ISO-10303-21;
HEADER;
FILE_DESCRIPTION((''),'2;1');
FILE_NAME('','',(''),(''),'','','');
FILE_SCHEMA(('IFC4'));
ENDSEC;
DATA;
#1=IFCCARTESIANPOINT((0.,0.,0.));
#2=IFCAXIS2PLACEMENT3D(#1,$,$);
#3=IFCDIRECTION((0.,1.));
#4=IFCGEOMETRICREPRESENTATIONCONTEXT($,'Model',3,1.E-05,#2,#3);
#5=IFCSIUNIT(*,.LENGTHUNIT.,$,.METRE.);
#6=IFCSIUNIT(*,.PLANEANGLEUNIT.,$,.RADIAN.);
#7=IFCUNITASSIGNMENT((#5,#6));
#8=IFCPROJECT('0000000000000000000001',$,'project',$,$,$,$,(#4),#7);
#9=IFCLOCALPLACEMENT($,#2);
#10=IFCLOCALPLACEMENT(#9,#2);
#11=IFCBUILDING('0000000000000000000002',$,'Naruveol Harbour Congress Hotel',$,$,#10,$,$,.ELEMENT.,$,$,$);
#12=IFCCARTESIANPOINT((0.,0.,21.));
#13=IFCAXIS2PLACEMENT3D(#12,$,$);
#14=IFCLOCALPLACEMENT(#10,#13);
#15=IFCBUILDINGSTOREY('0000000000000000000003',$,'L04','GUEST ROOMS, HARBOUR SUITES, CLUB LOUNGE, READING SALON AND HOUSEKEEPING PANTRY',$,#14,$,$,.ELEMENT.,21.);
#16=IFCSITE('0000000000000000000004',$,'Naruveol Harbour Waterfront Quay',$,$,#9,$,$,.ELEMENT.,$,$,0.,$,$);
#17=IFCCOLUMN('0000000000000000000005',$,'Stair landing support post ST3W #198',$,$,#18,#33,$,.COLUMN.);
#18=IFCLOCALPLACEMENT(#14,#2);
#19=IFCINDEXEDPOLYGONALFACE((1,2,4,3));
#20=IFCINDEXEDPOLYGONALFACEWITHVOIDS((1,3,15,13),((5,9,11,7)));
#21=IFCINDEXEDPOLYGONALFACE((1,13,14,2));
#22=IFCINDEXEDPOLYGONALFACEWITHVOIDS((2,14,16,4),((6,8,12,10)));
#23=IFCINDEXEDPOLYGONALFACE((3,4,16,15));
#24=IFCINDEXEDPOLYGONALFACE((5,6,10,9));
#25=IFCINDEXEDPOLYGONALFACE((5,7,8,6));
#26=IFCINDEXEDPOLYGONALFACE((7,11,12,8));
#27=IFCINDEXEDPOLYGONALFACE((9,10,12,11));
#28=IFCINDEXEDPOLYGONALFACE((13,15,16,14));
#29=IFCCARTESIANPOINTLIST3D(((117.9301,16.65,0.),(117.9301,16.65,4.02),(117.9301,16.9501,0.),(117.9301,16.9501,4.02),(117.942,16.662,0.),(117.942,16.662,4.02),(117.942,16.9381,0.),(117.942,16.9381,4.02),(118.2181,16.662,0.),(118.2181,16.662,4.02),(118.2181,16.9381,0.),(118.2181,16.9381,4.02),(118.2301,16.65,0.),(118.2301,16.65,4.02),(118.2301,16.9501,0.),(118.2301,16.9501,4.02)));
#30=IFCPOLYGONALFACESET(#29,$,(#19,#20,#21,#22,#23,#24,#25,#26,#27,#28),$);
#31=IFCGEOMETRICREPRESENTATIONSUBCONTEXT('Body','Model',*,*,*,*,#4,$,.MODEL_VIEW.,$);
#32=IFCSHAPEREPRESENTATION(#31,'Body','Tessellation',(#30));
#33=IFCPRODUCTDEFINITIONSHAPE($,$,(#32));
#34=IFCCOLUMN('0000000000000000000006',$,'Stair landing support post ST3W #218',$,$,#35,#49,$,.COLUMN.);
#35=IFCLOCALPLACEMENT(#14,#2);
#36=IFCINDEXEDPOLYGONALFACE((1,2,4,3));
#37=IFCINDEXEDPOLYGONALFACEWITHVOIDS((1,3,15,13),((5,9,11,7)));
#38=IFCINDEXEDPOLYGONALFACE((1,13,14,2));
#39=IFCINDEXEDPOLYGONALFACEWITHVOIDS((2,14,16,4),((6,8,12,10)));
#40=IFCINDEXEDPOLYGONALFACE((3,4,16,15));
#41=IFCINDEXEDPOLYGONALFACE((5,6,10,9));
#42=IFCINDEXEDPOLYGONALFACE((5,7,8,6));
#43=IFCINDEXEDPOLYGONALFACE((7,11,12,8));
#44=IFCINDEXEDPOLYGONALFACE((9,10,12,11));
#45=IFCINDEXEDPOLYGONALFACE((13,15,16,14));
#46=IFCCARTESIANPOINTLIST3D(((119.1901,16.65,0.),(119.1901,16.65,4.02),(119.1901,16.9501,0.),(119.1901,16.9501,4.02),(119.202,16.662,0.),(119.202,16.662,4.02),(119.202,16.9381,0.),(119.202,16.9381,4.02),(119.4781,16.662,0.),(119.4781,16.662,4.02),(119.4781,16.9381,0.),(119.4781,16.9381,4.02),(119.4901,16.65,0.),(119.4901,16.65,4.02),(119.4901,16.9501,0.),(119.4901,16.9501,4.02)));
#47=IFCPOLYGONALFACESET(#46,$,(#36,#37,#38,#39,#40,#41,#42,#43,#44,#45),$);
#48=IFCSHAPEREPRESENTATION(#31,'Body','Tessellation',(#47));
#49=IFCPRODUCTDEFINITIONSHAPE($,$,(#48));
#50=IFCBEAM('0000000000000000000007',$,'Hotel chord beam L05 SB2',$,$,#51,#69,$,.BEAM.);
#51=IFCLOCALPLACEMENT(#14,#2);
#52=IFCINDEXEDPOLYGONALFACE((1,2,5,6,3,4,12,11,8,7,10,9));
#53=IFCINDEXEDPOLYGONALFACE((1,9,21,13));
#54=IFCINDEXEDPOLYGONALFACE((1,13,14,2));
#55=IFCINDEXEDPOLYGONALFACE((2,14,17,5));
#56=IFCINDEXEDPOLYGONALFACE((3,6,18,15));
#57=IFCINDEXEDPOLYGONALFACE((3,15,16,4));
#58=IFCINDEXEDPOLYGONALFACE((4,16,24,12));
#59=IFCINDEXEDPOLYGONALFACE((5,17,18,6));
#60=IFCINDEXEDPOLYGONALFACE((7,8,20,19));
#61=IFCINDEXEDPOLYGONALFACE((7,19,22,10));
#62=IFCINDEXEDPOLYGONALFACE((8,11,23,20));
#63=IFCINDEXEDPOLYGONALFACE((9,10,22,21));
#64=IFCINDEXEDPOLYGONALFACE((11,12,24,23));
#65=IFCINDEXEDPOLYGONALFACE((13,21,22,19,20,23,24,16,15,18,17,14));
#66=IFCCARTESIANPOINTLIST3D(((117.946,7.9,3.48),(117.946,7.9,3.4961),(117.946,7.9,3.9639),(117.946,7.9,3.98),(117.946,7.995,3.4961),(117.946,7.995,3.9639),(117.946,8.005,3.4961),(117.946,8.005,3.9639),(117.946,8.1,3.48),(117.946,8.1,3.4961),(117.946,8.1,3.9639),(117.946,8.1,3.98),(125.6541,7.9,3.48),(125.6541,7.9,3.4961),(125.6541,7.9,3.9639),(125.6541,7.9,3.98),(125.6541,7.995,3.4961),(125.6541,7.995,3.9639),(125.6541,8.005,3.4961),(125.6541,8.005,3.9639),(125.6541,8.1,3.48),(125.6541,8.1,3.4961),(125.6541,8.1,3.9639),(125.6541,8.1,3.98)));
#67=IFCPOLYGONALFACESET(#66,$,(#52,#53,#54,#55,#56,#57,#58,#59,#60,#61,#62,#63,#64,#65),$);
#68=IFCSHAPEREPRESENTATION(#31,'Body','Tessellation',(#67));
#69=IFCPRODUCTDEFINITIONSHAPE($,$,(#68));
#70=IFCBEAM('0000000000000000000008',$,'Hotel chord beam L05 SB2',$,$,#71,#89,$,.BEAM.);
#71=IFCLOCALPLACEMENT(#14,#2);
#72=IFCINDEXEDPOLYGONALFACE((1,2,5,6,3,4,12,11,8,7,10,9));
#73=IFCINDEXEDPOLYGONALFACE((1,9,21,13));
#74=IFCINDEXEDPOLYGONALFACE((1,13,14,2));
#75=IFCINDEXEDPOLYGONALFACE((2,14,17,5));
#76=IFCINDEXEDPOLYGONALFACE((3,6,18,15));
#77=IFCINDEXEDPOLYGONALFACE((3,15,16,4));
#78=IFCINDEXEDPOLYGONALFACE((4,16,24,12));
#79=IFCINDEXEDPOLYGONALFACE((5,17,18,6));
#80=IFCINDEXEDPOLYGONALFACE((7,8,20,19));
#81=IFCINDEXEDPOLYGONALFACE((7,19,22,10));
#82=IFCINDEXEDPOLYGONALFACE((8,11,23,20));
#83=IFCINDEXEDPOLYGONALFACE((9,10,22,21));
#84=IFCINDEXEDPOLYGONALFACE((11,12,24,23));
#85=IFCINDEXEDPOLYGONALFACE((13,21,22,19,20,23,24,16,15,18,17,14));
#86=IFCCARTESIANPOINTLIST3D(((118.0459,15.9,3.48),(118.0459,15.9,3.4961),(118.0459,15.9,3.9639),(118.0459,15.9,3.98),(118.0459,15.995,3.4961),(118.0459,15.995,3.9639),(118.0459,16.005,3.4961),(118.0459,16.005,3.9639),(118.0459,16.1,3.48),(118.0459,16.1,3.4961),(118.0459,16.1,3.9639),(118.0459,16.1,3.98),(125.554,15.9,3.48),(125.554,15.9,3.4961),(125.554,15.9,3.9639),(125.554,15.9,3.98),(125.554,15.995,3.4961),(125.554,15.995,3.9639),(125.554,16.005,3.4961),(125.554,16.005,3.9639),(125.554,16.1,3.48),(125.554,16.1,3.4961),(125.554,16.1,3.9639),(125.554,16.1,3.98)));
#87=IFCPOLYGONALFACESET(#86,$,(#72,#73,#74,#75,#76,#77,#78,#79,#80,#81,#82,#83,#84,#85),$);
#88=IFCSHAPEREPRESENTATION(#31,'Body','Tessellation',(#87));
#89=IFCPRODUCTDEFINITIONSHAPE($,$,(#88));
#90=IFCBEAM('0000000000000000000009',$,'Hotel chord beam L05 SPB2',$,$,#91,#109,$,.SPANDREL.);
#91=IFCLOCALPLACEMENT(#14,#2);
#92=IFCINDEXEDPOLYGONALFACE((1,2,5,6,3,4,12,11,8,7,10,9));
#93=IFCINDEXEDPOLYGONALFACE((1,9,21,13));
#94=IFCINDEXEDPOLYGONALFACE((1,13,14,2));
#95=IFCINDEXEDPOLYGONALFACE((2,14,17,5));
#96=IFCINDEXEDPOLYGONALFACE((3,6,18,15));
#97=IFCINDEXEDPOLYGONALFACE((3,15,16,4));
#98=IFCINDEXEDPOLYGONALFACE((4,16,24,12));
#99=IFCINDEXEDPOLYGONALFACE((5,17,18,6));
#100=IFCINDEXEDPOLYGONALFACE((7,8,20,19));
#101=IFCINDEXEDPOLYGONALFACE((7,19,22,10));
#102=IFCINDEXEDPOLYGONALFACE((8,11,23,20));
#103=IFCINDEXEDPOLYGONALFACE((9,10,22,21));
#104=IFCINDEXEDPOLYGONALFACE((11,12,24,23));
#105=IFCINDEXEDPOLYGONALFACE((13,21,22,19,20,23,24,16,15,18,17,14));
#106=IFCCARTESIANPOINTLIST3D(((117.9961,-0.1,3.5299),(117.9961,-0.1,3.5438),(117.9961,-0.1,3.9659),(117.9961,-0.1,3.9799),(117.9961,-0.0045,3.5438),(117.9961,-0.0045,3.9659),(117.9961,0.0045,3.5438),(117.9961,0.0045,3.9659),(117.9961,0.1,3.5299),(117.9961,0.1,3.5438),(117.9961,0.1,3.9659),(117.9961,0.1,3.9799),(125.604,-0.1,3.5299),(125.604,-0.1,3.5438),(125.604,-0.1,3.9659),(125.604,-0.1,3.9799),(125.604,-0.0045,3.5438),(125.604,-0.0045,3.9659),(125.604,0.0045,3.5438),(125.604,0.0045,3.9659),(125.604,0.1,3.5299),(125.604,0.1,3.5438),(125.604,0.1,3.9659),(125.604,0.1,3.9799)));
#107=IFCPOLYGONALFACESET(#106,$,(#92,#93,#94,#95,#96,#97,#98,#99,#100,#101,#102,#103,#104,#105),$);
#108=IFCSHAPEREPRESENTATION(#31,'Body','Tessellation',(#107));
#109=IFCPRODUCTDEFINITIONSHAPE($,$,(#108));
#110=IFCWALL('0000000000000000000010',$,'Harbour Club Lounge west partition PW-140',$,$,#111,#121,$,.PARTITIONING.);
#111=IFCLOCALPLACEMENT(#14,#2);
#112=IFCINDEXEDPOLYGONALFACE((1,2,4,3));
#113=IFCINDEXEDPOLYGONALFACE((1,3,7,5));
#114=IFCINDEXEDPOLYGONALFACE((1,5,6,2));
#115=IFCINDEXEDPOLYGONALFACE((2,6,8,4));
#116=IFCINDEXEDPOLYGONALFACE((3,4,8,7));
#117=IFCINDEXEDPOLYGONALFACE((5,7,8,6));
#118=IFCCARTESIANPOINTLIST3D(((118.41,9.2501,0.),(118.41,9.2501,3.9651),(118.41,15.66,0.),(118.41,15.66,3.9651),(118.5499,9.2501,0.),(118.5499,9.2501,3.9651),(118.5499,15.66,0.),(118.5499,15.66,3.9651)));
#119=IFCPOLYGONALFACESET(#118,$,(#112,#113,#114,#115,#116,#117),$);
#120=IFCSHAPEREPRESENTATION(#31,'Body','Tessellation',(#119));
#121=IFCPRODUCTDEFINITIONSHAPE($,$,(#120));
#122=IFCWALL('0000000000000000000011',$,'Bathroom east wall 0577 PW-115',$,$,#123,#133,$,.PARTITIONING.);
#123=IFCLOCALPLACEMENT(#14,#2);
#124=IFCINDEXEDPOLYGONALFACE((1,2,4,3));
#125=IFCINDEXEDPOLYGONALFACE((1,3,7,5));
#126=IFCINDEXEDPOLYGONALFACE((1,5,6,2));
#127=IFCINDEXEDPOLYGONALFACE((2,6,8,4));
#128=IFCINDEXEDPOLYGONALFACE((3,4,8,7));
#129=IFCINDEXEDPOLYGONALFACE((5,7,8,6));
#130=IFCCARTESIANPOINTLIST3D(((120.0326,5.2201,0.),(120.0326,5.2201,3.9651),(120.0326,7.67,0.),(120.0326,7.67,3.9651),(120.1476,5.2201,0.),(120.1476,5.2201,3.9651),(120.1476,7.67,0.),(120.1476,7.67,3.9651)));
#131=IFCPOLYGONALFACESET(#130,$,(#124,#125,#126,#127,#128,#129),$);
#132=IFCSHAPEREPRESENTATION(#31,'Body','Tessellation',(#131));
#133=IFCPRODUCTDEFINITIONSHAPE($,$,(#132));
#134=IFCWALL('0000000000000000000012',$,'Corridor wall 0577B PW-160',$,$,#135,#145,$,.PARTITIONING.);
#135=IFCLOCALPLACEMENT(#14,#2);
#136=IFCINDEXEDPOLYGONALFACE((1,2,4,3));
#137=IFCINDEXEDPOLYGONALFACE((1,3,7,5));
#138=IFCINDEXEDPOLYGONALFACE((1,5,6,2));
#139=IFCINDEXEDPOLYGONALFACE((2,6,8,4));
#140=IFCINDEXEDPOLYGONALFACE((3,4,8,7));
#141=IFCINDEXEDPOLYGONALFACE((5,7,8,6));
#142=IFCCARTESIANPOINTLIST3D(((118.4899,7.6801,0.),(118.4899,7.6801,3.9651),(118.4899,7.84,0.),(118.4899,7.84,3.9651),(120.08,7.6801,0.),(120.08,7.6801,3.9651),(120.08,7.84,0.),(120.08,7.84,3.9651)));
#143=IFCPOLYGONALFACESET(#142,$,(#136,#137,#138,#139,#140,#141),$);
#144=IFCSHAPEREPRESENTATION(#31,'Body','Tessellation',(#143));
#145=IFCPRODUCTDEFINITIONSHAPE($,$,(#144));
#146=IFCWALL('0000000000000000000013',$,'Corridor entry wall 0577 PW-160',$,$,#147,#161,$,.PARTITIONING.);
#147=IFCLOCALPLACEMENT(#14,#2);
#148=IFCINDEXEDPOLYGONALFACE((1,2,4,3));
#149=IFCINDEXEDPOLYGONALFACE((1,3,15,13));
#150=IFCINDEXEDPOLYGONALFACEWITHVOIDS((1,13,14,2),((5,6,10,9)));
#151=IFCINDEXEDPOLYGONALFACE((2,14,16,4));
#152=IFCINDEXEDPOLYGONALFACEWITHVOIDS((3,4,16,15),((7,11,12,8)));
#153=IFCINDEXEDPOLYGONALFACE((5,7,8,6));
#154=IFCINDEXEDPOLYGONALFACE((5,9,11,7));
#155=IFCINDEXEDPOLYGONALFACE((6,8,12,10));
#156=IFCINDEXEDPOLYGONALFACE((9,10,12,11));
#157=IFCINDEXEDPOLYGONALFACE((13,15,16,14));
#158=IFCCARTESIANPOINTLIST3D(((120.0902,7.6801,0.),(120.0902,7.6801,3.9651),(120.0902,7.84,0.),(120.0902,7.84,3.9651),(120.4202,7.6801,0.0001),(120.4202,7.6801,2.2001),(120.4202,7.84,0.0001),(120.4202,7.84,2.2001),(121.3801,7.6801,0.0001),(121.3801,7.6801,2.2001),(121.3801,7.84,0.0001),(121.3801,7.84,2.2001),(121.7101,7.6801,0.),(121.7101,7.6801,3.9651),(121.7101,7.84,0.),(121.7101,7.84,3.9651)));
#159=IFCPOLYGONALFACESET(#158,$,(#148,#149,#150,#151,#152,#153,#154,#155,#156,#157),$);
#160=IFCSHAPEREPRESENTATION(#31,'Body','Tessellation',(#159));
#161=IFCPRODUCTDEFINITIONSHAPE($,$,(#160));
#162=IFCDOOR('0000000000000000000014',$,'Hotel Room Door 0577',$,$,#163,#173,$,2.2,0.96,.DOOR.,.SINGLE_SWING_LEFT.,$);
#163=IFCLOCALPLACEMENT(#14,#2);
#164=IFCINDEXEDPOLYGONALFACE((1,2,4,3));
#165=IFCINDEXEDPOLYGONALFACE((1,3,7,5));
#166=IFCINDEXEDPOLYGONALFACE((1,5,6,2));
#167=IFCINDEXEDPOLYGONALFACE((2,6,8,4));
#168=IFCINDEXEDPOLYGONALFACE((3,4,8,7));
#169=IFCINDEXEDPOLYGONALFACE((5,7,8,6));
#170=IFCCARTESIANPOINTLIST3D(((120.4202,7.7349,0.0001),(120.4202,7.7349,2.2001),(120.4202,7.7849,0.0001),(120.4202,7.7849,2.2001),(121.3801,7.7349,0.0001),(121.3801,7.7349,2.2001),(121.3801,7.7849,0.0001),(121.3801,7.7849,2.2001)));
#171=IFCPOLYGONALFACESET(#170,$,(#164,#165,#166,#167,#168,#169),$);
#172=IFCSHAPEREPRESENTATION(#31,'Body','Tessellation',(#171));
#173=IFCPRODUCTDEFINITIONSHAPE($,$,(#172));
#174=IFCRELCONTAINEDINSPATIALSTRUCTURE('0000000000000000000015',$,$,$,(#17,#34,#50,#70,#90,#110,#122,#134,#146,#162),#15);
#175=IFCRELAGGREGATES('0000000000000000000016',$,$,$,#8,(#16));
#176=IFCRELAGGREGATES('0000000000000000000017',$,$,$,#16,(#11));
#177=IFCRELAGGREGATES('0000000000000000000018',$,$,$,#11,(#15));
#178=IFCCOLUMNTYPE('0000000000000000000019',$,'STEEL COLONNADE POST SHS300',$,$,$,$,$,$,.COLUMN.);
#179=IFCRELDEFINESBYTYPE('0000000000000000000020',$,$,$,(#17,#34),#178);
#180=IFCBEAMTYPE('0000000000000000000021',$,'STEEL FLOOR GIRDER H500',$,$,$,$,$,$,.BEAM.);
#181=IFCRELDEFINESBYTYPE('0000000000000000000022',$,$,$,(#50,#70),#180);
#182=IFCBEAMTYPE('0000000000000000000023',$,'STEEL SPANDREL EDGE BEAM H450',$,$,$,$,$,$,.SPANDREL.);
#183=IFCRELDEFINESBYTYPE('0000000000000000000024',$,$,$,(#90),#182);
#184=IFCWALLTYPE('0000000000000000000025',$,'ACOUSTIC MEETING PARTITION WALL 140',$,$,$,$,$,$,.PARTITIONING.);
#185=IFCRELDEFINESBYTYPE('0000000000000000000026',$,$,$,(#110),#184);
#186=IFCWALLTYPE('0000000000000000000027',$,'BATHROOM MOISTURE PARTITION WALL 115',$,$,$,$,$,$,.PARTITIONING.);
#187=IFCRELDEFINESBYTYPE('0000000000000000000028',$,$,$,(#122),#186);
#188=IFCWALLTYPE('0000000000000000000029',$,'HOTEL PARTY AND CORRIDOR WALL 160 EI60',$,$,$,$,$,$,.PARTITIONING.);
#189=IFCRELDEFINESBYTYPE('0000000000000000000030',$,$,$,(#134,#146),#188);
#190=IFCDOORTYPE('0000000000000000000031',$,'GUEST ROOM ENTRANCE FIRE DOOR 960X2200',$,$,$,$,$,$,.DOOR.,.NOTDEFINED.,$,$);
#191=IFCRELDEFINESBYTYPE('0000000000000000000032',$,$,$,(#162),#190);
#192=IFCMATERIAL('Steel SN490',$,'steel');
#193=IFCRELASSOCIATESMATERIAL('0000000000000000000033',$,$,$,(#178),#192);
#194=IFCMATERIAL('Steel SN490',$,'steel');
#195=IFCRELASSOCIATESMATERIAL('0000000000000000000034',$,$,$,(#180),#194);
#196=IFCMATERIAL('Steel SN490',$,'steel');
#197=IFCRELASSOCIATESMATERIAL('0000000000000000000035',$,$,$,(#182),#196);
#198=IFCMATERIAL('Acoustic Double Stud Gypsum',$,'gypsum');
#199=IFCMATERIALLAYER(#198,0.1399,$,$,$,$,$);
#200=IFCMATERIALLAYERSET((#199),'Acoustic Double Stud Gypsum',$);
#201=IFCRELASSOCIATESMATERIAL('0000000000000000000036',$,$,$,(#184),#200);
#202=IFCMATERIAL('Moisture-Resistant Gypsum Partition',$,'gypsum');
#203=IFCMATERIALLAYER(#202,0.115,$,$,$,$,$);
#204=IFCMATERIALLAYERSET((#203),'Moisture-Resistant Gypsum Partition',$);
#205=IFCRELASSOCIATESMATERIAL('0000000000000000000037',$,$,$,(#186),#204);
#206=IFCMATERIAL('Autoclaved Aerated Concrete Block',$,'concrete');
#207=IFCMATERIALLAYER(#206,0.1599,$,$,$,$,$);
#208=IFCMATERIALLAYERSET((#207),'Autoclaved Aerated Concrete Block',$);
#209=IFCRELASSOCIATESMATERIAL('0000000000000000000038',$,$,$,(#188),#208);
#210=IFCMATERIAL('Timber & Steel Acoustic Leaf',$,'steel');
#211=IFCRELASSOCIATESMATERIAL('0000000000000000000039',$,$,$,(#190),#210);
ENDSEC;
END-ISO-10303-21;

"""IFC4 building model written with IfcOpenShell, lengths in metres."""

from ifc_helpers import new_model, si_unit, direction, frame, frame_2d, origin, origin_2d, place, context, subcontext, project, spatial, rectangle, hollow_rectangle, i_section, extrude, material, layer, layer_set, material_profile, profile_set, type_object, element, fill, save


model = new_model("IFC4")

# Units and contexts
model_context = context("Model", 3, precision=1e-05, world=origin(), true_north=direction((0.0, 1.0)))
body_context = subcontext(model_context, "Body", "Model", "MODEL_VIEW")
ifc_project = project(units=[si_unit("LENGTHUNIT", "METRE"), si_unit("PLANEANGLEUNIT", "RADIAN")], contexts=[model_context])

# Site, building, storey
site_placement = place(None, origin())
site = spatial("IfcSite", under=ifc_project, at=site_placement, Name="Naruveol Harbour Waterfront Quay", CompositionType="ELEMENT", RefElevation=0.0)
building_placement = place(site_placement, origin())
building = spatial("IfcBuilding", under=site, at=building_placement, Name="Naruveol Harbour Congress Hotel", CompositionType="ELEMENT")
storey_placement = place(building_placement, frame((0.0, 0.0, 21.0)))
storey = spatial("IfcBuildingStorey", under=building, at=storey_placement, Name="L04", Description="GUEST ROOMS, HARBOUR SUITES, CLUB LOUNGE, READING SALON AND HOUSEKEEPING PANTRY", CompositionType="ELEMENT", Elevation=21.0)

# Columns
ifc_material_1 = material(Name="Steel SN490", Category="steel")
ifc_material_profile_1 = material_profile(ifc_material_1, hollow_rectangle(XDim=0.3, YDim=0.3, WallThickness=0.012, at=origin_2d()), Name="SHS-300x300x12")
ifc_profile_set_1 = profile_set([ifc_material_profile_1], Name="Steel SN490")
column_type = type_object("IfcColumnType", Name="STEEL COLONNADE POST SHS300", PredefinedType="COLUMN", material=ifc_profile_set_1)
for number, where, z_axis, x_axis, name in (
    (1, (118.0801, 16.8, 0.0), (0.0, 0.0, 1.0), (1.0, 0.0, 0.0), "Stair landing support post ST3W #198"),
    (2, (119.3401, 16.8, 0.0), (0.0, 0.0, 1.0), (1.0, 0.0, 0.0), "Stair landing support post ST3W #218"),
):
    element("IfcColumn", number, at=place(storey_placement, frame(where, z_axis=z_axis, x_axis=x_axis)), inside=storey, type_object=column_type, Name=name, PredefinedType="COLUMN", context=body_context, shape_type="SweptSolid", body=[
        extrude(hollow_rectangle(XDim=0.3, YDim=0.3, WallThickness=0.012, at=origin_2d()), origin(), (0.0, 0.0, 1.0), 4.02),
    ])

# Beams
ifc_material_2 = material(Name="Steel SN490", Category="steel")
ifc_material_profile_2 = material_profile(ifc_material_2, i_section(OverallWidth=0.2, OverallDepth=0.5, WebThickness=0.01, FlangeThickness=0.0161, at=origin_2d()), Name="H-500x200x10x16")
ifc_profile_set_2 = profile_set([ifc_material_profile_2], Name="Steel SN490")
beam_type_1 = type_object("IfcBeamType", Name="STEEL FLOOR GIRDER H500", PredefinedType="BEAM", material=ifc_profile_set_2)
beam_1_placement = place(storey_placement, frame((117.946, 8.0, 3.73), z_axis=(1.0, 0.0, 0.0), x_axis=(0.0, 1.0, 0.0)))
element("IfcBeam", 3, at=beam_1_placement, inside=storey, type_object=beam_type_1, Name="Hotel chord beam L05 SB2", PredefinedType="BEAM", context=body_context, shape_type="SweptSolid", body=[
    extrude(i_section(OverallWidth=0.2, OverallDepth=0.5, WebThickness=0.01, FlangeThickness=0.0161, at=origin_2d()), origin(), (0.0, 0.0, 1.0), 7.708),
])
beam_2_placement = place(storey_placement, frame((118.0459, 16.0, 3.73), z_axis=(1.0, 0.0, 0.0), x_axis=(0.0, 1.0, 0.0)))
element("IfcBeam", 4, at=beam_2_placement, inside=storey, type_object=beam_type_1, Name="Hotel chord beam L05 SB2", PredefinedType="BEAM", context=body_context, shape_type="SweptSolid", body=[
    extrude(i_section(OverallWidth=0.2, OverallDepth=0.5, WebThickness=0.01, FlangeThickness=0.0161, at=origin_2d()), origin(), (0.0, 0.0, 1.0), 7.5081),
])
ifc_material_3 = material(Name="Steel SN490", Category="steel")
ifc_material_profile_3 = material_profile(ifc_material_3, i_section(OverallWidth=0.2, OverallDepth=0.45, WebThickness=0.009, FlangeThickness=0.0139, at=origin_2d()), Name="H-450x200x9x14")
ifc_profile_set_3 = profile_set([ifc_material_profile_3], Name="Steel SN490")
beam_type_2 = type_object("IfcBeamType", Name="STEEL SPANDREL EDGE BEAM H450", PredefinedType="SPANDREL", material=ifc_profile_set_3)
beam_3_placement = place(storey_placement, frame((117.9961, 0.0, 3.7549), z_axis=(1.0, 0.0, 0.0), x_axis=(0.0, 1.0, 0.0)))
element("IfcBeam", 5, at=beam_3_placement, inside=storey, type_object=beam_type_2, Name="Hotel chord beam L05 SPB2", PredefinedType="SPANDREL", context=body_context, shape_type="SweptSolid", body=[
    extrude(i_section(OverallWidth=0.2, OverallDepth=0.45, WebThickness=0.009, FlangeThickness=0.0139, at=origin_2d()), origin(), (0.0, 0.0, 1.0), 7.6079),
])

# Shared definitions
ifc_material_4 = material(Name="Acoustic Double Stud Gypsum", Category="gypsum")
ifc_layer_1 = layer(ifc_material_4, 0.1399)
ifc_layer_set_1 = layer_set([ifc_layer_1], Name="Acoustic Double Stud Gypsum")
wall_type_1 = type_object("IfcWallType", Name="ACOUSTIC MEETING PARTITION WALL 140", PredefinedType="PARTITIONING", material=ifc_layer_set_1)

# Walls
wall_1_placement = place(storey_placement, frame((118.48, 9.25, 0.0), z_axis=(0.0, 0.0, 1.0), x_axis=(0.0, 1.0, 0.0)))
element("IfcWall", 6, at=wall_1_placement, inside=storey, type_object=wall_type_1, Name="Harbour Club Lounge west partition PW-140", PredefinedType="PARTITIONING", context=body_context, shape_type="SweptSolid", body=[
    extrude(rectangle(XDim=6.4099, YDim=0.1399, at=frame_2d((3.2051, 0.0))), origin(), (0.0, 0.0, 1.0), 3.9651),
])
ifc_material_5 = material(Name="Moisture-Resistant Gypsum Partition", Category="gypsum")
ifc_layer_2 = layer(ifc_material_5, 0.115)
ifc_layer_set_2 = layer_set([ifc_layer_2], Name="Moisture-Resistant Gypsum Partition")
wall_type_2 = type_object("IfcWallType", Name="BATHROOM MOISTURE PARTITION WALL 115", PredefinedType="PARTITIONING", material=ifc_layer_set_2)
wall_2_placement = place(storey_placement, frame((120.0901, 5.22, 0.0), z_axis=(0.0, 0.0, 1.0), x_axis=(0.0, 1.0, 0.0)))
element("IfcWall", 7, at=wall_2_placement, inside=storey, type_object=wall_type_2, Name="Bathroom east wall 0577 PW-115", PredefinedType="PARTITIONING", context=body_context, shape_type="SweptSolid", body=[
    extrude(rectangle(XDim=2.45, YDim=0.115, at=frame_2d((1.2251, 0.0))), origin(), (0.0, 0.0, 1.0), 3.9651),
])

# Wall
ifc_material_6 = material(Name="Autoclaved Aerated Concrete Block", Category="concrete")
ifc_layer_3 = layer(ifc_material_6, 0.1599)
ifc_layer_set_3 = layer_set([ifc_layer_3], Name="Autoclaved Aerated Concrete Block")
wall_type_3 = type_object("IfcWallType", Name="HOTEL PARTY AND CORRIDOR WALL 160 EI60", PredefinedType="PARTITIONING", material=ifc_layer_set_3)
wall_3_placement = place(storey_placement, frame((118.49, 7.76, 0.0), z_axis=(0.0, 0.0, 1.0), x_axis=(1.0, 0.0, 0.0)))
element("IfcWall", 8, at=wall_3_placement, inside=storey, type_object=wall_type_3, Name="Corridor wall 0577B PW-160", PredefinedType="PARTITIONING", context=body_context, shape_type="SweptSolid", body=[
    extrude(rectangle(XDim=1.5901, YDim=0.1599, at=frame_2d((0.7949, 0.0))), origin(), (0.0, 0.0, 1.0), 3.9651),
])

# Wall, opening, door
wall_4_placement = place(storey_placement, frame((120.0901, 7.76, 0.0), z_axis=(0.0, 0.0, 1.0), x_axis=(1.0, 0.0, 0.0)))
wall_4 = element("IfcWall", 9, at=wall_4_placement, inside=storey, type_object=wall_type_3, Name="Corridor entry wall 0577 PW-160", PredefinedType="PARTITIONING", context=body_context, shape_type="SweptSolid", body=[
    extrude(rectangle(XDim=1.6199, YDim=0.1599, at=frame_2d((0.8101, 0.0))), origin(), (0.0, 0.0, 1.0), 3.9651),
])
opening_1_placement = place(wall_4_placement, frame((0.3301, 0.0, 0.0)))
opening_1 = element("IfcOpeningElement", 10, at=opening_1_placement, cuts=wall_4, PredefinedType="OPENING", context=body_context, shape_type="SweptSolid", body=[
    extrude(rectangle(XDim=0.96, YDim=2.2, at=frame_2d((0.48, 1.1001))), frame((0.0, 0.0898, 0.0), z_axis=(0.0, -1.0, 0.0), x_axis=(1.0, 0.0, 0.0)), (0.0, 0.0, 1.0), 0.1799),
])
ifc_material_7 = material(Name="Timber & Steel Acoustic Leaf", Category="steel")
door_type_1 = type_object("IfcDoorType", Name="GUEST ROOM ENTRANCE FIRE DOOR 960X2200", OperationType="NOTDEFINED", PredefinedType="DOOR", material=ifc_material_7)
door_1_placement = place(opening_1_placement, origin())
door_1 = element("IfcDoor", 11, at=door_1_placement, inside=storey, type_object=door_type_1, Name="Hotel Room Door 0577", OperationType="SINGLE_SWING_LEFT", OverallHeight=2.2, OverallWidth=0.96, PredefinedType="DOOR", context=body_context, shape_type="SweptSolid", body=[
    extrude(rectangle(XDim=0.96, YDim=2.2, at=frame_2d((0.48, 1.1001))), frame((0.0, 0.0249, 0.0), z_axis=(0.0, -1.0, 0.0), x_axis=(1.0, 0.0, 0.0)), (0.0, 0.0, 1.0), 0.05),
])
fill(opening_1, door_1)

save(model, "model.ifc")
